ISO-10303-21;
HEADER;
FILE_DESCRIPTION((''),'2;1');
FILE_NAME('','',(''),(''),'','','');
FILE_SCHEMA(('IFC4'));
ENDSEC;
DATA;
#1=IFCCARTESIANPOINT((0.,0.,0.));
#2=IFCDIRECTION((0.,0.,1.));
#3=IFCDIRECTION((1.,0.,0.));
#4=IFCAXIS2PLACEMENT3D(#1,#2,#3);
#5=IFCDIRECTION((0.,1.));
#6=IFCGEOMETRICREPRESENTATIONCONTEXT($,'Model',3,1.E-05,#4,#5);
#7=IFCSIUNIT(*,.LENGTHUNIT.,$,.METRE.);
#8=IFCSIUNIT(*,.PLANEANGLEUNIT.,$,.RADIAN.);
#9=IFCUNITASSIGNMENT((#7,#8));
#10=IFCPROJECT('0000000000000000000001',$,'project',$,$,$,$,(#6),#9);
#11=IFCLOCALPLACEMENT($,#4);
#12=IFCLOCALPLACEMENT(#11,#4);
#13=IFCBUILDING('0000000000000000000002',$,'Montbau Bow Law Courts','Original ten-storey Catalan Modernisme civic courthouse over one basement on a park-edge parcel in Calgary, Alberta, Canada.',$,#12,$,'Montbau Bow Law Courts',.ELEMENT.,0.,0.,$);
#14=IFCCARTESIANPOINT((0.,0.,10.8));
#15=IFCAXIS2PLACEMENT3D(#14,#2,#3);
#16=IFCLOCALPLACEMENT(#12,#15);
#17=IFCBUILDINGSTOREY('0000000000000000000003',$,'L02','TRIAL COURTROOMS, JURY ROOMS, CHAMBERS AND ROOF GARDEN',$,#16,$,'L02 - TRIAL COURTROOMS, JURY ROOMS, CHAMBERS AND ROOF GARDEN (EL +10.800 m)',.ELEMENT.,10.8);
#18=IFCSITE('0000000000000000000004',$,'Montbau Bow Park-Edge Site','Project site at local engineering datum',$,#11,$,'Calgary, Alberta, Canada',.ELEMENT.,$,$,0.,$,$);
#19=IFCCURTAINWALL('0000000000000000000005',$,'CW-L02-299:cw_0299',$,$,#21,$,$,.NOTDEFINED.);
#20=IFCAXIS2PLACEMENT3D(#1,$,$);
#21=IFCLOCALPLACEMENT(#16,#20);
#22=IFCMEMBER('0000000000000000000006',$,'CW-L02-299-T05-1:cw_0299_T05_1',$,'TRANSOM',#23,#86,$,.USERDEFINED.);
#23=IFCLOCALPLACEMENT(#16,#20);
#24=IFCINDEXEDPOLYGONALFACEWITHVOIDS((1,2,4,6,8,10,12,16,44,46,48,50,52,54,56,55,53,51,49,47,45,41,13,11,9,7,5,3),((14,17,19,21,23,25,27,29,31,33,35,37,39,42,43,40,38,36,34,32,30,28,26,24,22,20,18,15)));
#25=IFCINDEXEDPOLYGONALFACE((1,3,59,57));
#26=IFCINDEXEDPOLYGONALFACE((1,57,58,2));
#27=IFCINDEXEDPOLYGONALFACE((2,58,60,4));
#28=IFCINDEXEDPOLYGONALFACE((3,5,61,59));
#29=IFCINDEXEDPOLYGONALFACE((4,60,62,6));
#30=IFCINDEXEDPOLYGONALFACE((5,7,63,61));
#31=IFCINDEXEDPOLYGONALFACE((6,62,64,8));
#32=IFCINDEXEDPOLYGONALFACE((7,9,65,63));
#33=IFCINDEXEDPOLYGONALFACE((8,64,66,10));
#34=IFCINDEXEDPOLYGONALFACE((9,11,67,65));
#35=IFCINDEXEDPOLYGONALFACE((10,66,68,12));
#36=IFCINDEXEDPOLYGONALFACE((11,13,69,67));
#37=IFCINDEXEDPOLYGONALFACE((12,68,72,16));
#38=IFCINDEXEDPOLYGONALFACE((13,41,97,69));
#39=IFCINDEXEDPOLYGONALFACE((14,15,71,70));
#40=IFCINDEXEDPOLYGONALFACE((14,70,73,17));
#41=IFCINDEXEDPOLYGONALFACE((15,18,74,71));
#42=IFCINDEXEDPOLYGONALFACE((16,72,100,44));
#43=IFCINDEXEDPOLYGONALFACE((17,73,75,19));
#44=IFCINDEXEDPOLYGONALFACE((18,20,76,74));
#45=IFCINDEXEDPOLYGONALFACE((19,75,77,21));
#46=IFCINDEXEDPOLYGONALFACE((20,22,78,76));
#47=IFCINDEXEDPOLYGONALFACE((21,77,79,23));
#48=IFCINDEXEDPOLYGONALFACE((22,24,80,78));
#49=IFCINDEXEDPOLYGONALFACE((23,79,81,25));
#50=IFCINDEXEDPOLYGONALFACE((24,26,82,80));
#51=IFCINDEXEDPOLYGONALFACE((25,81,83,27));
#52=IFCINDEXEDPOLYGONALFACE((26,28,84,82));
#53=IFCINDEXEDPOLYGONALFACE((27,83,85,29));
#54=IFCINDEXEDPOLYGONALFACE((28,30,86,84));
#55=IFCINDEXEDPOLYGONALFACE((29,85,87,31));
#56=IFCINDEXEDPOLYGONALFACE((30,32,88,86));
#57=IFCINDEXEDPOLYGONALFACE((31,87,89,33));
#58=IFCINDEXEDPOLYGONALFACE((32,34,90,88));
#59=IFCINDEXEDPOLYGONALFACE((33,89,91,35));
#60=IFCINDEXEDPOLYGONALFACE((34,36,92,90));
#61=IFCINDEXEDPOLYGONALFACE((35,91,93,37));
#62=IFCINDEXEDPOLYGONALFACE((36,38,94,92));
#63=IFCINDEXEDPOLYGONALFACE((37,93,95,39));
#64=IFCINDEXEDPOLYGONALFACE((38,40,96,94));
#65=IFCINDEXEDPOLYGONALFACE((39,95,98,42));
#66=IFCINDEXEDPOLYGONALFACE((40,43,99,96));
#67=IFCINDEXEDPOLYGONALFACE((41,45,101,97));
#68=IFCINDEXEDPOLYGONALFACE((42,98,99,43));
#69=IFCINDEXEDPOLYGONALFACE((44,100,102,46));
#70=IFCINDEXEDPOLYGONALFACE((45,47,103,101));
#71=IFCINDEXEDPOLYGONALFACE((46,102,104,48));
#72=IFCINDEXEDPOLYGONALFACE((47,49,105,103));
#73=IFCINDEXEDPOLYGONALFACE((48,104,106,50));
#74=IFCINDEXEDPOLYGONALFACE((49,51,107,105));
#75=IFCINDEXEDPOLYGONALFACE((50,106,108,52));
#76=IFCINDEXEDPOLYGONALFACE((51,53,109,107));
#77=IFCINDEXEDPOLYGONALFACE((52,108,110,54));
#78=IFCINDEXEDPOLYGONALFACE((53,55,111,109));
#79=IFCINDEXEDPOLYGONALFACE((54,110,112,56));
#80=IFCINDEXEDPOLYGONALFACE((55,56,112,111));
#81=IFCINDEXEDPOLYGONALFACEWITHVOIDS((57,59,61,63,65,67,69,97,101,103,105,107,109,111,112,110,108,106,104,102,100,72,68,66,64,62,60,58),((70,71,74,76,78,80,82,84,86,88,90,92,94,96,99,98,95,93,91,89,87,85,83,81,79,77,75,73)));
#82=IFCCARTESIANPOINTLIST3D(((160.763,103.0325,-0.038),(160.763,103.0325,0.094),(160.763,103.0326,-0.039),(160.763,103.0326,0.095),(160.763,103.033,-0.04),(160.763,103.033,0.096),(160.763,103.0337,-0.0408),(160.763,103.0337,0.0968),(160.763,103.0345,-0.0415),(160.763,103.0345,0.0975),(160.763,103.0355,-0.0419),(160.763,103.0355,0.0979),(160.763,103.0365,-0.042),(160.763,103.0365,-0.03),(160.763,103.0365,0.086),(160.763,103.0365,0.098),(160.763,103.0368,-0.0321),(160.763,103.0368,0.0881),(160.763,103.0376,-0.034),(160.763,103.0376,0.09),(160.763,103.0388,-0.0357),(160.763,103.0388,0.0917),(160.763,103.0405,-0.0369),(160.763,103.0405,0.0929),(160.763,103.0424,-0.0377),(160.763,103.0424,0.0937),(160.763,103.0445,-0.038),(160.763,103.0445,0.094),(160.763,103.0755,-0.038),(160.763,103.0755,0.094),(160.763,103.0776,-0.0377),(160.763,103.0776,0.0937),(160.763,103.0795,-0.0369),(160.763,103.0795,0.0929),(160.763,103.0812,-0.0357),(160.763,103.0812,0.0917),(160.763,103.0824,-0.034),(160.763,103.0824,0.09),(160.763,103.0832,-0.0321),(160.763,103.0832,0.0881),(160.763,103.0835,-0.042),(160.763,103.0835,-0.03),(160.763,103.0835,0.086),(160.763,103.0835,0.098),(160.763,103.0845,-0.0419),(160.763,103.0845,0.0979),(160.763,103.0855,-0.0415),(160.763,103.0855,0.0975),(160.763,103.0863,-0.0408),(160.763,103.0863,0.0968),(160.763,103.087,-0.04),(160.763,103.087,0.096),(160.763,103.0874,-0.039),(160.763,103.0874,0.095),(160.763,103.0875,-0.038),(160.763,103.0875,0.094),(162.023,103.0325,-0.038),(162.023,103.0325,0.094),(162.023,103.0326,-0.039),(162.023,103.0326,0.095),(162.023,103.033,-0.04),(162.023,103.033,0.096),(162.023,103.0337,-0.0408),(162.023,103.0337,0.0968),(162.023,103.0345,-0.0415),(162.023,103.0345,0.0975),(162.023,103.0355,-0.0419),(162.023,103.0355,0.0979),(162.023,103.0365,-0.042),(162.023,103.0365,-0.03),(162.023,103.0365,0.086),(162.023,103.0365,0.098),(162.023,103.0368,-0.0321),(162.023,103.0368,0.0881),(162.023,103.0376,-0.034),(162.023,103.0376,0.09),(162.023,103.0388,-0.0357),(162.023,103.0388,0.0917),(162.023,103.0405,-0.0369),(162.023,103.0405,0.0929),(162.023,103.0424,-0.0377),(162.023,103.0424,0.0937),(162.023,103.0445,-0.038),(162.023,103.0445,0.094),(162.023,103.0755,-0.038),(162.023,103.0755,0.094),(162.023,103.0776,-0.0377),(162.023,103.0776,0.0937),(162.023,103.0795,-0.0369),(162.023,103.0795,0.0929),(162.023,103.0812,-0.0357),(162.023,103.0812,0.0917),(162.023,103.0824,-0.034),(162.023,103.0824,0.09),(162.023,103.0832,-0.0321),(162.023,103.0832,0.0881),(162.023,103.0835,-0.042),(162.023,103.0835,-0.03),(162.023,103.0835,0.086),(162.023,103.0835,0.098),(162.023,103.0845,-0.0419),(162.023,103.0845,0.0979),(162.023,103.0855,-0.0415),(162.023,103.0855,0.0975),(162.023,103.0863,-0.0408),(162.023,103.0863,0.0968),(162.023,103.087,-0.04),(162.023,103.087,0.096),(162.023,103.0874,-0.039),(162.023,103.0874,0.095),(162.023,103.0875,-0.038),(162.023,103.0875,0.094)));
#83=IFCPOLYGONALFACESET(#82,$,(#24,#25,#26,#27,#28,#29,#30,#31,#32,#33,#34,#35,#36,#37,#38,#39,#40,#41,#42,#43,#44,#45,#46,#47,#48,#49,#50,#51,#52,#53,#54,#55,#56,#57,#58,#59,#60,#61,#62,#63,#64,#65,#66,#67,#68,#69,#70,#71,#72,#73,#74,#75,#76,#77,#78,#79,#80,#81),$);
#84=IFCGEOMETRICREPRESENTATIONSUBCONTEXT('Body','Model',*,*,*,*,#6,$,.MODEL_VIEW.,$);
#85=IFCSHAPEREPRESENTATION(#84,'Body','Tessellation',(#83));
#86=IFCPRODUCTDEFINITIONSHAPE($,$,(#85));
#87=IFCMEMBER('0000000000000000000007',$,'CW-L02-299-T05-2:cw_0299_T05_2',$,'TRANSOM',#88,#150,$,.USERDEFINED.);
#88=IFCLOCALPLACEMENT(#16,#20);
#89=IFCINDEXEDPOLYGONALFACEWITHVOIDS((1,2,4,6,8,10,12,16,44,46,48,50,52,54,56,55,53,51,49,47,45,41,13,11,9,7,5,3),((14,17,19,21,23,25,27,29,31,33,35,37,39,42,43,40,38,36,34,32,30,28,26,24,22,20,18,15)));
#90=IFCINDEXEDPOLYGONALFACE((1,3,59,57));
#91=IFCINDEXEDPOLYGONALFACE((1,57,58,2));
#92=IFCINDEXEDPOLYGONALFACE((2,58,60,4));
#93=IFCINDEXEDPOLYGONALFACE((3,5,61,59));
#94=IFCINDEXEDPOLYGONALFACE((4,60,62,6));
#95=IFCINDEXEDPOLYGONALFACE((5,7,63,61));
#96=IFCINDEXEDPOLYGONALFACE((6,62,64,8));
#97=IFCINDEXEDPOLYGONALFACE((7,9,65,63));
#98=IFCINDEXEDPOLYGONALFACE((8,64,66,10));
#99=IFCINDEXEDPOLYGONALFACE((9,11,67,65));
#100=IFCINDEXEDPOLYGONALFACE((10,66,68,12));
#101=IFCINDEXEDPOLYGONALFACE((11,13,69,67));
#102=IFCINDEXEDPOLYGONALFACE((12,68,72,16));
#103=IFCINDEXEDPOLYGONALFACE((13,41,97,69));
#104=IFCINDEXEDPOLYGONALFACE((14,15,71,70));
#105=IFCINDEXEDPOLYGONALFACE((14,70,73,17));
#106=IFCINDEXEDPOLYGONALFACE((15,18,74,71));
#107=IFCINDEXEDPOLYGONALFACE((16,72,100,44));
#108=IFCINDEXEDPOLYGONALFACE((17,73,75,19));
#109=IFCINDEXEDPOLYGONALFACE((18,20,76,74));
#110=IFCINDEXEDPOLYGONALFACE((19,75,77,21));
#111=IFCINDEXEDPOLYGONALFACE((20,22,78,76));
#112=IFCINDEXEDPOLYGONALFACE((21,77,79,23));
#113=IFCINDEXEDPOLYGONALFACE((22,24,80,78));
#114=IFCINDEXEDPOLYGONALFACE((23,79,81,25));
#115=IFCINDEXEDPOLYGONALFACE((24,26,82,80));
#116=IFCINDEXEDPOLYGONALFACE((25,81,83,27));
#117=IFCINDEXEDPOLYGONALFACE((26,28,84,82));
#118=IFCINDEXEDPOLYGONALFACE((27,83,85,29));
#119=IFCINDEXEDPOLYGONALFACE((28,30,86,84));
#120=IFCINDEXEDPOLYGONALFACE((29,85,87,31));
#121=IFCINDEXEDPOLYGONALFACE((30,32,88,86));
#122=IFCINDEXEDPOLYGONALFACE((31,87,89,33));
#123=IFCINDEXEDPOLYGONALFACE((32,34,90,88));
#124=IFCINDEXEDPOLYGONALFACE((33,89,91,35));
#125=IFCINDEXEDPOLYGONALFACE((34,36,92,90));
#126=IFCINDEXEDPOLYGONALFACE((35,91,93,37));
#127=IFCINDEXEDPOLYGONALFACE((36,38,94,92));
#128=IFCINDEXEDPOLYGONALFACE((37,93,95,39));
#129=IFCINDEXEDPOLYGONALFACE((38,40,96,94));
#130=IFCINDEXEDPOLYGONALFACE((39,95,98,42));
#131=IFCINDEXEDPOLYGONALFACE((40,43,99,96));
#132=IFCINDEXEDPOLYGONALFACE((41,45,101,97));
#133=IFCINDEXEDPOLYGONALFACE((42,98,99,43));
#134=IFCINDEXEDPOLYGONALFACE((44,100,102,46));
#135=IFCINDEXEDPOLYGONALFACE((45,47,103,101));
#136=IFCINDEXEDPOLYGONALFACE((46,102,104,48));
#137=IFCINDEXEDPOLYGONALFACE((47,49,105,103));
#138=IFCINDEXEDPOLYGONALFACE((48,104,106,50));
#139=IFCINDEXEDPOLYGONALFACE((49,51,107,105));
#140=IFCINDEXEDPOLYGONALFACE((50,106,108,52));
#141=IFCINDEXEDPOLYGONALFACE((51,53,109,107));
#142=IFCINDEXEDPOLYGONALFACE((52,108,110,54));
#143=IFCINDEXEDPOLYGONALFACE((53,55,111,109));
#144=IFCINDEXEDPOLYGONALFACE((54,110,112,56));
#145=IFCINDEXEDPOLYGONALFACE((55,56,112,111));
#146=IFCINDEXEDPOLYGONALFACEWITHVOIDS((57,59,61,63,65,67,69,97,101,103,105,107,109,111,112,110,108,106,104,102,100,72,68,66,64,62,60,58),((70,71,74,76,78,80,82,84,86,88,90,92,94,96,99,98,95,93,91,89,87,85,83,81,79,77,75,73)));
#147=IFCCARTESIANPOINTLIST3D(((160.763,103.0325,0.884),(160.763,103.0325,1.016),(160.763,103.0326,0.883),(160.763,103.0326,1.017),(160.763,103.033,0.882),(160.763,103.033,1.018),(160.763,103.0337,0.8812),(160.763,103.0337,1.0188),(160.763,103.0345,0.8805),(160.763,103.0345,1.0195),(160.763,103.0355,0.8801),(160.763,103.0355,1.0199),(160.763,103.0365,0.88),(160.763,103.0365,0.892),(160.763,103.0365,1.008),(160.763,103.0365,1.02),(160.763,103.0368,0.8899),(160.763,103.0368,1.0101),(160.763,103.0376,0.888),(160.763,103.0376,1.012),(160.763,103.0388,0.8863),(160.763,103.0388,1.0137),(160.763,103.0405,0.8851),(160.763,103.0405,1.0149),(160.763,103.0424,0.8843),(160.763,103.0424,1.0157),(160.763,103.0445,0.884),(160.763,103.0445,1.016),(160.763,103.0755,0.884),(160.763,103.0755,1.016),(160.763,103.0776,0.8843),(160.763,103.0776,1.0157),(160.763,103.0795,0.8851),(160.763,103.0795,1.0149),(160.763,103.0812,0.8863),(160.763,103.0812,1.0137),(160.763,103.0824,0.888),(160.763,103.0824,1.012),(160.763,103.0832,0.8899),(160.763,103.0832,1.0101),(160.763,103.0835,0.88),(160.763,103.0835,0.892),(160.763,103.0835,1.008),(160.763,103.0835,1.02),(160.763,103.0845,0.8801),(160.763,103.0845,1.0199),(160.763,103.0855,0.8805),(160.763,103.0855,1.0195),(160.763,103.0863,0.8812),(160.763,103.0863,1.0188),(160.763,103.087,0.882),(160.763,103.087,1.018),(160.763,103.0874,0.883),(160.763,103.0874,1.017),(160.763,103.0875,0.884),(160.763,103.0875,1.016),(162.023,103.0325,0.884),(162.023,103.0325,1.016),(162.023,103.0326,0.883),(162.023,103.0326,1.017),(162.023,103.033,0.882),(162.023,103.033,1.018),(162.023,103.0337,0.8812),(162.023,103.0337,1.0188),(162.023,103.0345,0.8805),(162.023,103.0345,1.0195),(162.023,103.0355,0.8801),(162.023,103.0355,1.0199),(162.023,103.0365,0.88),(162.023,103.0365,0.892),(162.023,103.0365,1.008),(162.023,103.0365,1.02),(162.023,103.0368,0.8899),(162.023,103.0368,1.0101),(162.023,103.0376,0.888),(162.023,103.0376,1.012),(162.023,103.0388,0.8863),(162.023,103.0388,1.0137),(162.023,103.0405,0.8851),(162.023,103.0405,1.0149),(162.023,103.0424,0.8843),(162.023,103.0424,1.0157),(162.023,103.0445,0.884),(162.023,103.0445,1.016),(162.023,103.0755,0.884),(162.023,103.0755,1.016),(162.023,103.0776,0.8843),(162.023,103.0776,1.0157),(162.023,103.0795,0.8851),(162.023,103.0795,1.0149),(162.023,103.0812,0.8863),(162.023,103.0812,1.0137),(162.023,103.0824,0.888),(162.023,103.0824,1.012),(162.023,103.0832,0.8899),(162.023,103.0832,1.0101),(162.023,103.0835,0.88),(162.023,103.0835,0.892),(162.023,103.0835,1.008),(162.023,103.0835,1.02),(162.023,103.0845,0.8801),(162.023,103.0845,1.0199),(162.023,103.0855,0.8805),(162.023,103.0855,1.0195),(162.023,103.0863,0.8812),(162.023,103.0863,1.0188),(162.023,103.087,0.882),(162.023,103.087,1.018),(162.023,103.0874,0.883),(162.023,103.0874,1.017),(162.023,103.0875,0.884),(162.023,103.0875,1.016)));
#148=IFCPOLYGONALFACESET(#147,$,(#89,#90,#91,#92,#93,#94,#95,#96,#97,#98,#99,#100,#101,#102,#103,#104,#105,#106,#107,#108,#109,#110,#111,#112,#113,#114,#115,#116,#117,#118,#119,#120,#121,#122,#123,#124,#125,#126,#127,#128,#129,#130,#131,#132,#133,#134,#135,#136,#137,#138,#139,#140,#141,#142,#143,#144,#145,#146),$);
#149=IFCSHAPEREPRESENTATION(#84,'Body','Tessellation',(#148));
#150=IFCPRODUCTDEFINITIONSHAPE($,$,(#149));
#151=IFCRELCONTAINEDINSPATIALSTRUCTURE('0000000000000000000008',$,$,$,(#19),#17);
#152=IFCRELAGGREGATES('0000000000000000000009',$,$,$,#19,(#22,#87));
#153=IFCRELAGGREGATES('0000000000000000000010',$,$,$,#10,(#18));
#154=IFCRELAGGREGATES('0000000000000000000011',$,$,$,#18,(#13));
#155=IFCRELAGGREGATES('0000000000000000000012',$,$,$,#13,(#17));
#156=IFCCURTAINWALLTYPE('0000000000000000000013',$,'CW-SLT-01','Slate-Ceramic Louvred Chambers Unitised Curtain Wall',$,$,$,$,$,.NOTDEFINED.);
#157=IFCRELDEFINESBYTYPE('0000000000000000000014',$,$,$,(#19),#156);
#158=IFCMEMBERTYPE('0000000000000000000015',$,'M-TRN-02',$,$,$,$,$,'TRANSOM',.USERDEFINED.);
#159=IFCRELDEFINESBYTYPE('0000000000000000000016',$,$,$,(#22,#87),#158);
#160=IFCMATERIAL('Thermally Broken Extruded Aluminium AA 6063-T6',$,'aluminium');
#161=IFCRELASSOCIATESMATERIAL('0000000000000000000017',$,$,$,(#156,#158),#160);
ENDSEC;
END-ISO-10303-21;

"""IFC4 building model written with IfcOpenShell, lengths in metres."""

from ifc_helpers import new_model, si_unit, direction, frame, origin_with_axes, origin_2d_with_axis, place, context, subcontext, project, spatial, hollow_rectangle, extrude, material, material_profile, profile_set, type_object, element, aggregate, save


model = new_model("IFC4")

# Units and contexts
model_context = context("Model", 3, precision=1e-05, world=origin_with_axes(), true_north=direction((0.0, 1.0)))
body_context = subcontext(model_context, "Body", "Model", "MODEL_VIEW")
ifc_project = project(units=[si_unit("LENGTHUNIT", "METRE"), si_unit("PLANEANGLEUNIT", "RADIAN")], contexts=[model_context])

# Site, building, storey
site_placement = place(None, origin_with_axes())
site = spatial("IfcSite", under=ifc_project, at=site_placement, Name="Montbau Bow Park-Edge Site", Description="Project site at local engineering datum", LongName="Calgary, Alberta, Canada", CompositionType="ELEMENT", RefElevation=0.0)
building_placement = place(site_placement, origin_with_axes())
building = spatial("IfcBuilding", under=site, at=building_placement, Name="Montbau Bow Law Courts", Description="Original ten-storey Catalan Modernisme civic courthouse over one basement on a park-edge parcel in Calgary, Alberta, Canada.", LongName="Montbau Bow Law Courts", CompositionType="ELEMENT", ElevationOfRefHeight=0.0, ElevationOfTerrain=0.0)
storey_placement = place(building_placement, frame((0.0, 0.0, 10.8), z_axis=(0.0, 0.0, 1.0), x_axis=(1.0, 0.0, 0.0)))
storey = spatial("IfcBuildingStorey", under=building, at=storey_placement, Name="L02", Description="TRIAL COURTROOMS, JURY ROOMS, CHAMBERS AND ROOF GARDEN", LongName="L02 - TRIAL COURTROOMS, JURY ROOMS, CHAMBERS AND ROOF GARDEN (EL +10.800 m)", CompositionType="ELEMENT", Elevation=10.8)

# Curtain wall, members
ifc_material_1 = material(Name="Thermally Broken Extruded Aluminium AA 6063-T6", Category="aluminium")
curtain_wall_type = type_object("IfcCurtainWallType", Name="CW-SLT-01", Description="Slate-Ceramic Louvred Chambers Unitised Curtain Wall", PredefinedType="NOTDEFINED", material=ifc_material_1)
curtain_wall_placement = place(None, frame((155.315, 103.06, 10.8), z_axis=(0.0, 0.0, 1.0), x_axis=(1.0, 0.0, 0.0)))
curtain_wall = element("IfcCurtainWall", 1, at=curtain_wall_placement, inside=storey, type_object=curtain_wall_type, Name="CW-L02-299:cw_0299", PredefinedType="NOTDEFINED")
ifc_material_profile_1 = material_profile(ifc_material_1, hollow_rectangle(XDim=0.055, YDim=0.14, WallThickness=0.004, InnerFilletRadius=0.008, OuterFilletRadius=0.004, at=origin_2d_with_axis()), Name="CWT-140X55", Category="Main", Priority=0)
ifc_profile_set_1 = profile_set([ifc_material_profile_1], Name="Thermally Broken Extruded Aluminium AA 6063-T6")
member_type_1 = type_object("IfcMemberType", Name="M-TRN-02", ElementType="TRANSOM", PredefinedType="USERDEFINED", material=ifc_profile_set_1)
member_1_placement = place(None, frame((160.763, 103.06, 10.828), z_axis=(1.0, 0.0, 0.0), x_axis=(0.0, 1.0, 0.0)))
member_1 = element("IfcMember", 2, at=member_1_placement, type_object=member_type_1, Name="CW-L02-299-T05-1:cw_0299_T05_1", ObjectType="TRANSOM", PredefinedType="USERDEFINED", context=body_context, shape_type="SweptSolid", body=[
    extrude(hollow_rectangle(XDim=0.055, YDim=0.14, WallThickness=0.004, InnerFilletRadius=0.008, OuterFilletRadius=0.004, at=origin_2d_with_axis()), origin_with_axes(), (0.0, 0.0, 1.0), 1.26),
])
member_2_placement = place(None, frame((160.763, 103.06, 11.75), z_axis=(1.0, 0.0, 0.0), x_axis=(0.0, 1.0, 0.0)))
member_2 = element("IfcMember", 3, at=member_2_placement, type_object=member_type_1, Name="CW-L02-299-T05-2:cw_0299_T05_2", ObjectType="TRANSOM", PredefinedType="USERDEFINED", context=body_context, shape_type="SweptSolid", body=[
    extrude(hollow_rectangle(XDim=0.055, YDim=0.14, WallThickness=0.004, InnerFilletRadius=0.008, OuterFilletRadius=0.004, at=origin_2d_with_axis()), origin_with_axes(), (0.0, 0.0, 1.0), 1.26),
])
aggregate(curtain_wall, [member_1, member_2])

save(model, "model.ifc")
